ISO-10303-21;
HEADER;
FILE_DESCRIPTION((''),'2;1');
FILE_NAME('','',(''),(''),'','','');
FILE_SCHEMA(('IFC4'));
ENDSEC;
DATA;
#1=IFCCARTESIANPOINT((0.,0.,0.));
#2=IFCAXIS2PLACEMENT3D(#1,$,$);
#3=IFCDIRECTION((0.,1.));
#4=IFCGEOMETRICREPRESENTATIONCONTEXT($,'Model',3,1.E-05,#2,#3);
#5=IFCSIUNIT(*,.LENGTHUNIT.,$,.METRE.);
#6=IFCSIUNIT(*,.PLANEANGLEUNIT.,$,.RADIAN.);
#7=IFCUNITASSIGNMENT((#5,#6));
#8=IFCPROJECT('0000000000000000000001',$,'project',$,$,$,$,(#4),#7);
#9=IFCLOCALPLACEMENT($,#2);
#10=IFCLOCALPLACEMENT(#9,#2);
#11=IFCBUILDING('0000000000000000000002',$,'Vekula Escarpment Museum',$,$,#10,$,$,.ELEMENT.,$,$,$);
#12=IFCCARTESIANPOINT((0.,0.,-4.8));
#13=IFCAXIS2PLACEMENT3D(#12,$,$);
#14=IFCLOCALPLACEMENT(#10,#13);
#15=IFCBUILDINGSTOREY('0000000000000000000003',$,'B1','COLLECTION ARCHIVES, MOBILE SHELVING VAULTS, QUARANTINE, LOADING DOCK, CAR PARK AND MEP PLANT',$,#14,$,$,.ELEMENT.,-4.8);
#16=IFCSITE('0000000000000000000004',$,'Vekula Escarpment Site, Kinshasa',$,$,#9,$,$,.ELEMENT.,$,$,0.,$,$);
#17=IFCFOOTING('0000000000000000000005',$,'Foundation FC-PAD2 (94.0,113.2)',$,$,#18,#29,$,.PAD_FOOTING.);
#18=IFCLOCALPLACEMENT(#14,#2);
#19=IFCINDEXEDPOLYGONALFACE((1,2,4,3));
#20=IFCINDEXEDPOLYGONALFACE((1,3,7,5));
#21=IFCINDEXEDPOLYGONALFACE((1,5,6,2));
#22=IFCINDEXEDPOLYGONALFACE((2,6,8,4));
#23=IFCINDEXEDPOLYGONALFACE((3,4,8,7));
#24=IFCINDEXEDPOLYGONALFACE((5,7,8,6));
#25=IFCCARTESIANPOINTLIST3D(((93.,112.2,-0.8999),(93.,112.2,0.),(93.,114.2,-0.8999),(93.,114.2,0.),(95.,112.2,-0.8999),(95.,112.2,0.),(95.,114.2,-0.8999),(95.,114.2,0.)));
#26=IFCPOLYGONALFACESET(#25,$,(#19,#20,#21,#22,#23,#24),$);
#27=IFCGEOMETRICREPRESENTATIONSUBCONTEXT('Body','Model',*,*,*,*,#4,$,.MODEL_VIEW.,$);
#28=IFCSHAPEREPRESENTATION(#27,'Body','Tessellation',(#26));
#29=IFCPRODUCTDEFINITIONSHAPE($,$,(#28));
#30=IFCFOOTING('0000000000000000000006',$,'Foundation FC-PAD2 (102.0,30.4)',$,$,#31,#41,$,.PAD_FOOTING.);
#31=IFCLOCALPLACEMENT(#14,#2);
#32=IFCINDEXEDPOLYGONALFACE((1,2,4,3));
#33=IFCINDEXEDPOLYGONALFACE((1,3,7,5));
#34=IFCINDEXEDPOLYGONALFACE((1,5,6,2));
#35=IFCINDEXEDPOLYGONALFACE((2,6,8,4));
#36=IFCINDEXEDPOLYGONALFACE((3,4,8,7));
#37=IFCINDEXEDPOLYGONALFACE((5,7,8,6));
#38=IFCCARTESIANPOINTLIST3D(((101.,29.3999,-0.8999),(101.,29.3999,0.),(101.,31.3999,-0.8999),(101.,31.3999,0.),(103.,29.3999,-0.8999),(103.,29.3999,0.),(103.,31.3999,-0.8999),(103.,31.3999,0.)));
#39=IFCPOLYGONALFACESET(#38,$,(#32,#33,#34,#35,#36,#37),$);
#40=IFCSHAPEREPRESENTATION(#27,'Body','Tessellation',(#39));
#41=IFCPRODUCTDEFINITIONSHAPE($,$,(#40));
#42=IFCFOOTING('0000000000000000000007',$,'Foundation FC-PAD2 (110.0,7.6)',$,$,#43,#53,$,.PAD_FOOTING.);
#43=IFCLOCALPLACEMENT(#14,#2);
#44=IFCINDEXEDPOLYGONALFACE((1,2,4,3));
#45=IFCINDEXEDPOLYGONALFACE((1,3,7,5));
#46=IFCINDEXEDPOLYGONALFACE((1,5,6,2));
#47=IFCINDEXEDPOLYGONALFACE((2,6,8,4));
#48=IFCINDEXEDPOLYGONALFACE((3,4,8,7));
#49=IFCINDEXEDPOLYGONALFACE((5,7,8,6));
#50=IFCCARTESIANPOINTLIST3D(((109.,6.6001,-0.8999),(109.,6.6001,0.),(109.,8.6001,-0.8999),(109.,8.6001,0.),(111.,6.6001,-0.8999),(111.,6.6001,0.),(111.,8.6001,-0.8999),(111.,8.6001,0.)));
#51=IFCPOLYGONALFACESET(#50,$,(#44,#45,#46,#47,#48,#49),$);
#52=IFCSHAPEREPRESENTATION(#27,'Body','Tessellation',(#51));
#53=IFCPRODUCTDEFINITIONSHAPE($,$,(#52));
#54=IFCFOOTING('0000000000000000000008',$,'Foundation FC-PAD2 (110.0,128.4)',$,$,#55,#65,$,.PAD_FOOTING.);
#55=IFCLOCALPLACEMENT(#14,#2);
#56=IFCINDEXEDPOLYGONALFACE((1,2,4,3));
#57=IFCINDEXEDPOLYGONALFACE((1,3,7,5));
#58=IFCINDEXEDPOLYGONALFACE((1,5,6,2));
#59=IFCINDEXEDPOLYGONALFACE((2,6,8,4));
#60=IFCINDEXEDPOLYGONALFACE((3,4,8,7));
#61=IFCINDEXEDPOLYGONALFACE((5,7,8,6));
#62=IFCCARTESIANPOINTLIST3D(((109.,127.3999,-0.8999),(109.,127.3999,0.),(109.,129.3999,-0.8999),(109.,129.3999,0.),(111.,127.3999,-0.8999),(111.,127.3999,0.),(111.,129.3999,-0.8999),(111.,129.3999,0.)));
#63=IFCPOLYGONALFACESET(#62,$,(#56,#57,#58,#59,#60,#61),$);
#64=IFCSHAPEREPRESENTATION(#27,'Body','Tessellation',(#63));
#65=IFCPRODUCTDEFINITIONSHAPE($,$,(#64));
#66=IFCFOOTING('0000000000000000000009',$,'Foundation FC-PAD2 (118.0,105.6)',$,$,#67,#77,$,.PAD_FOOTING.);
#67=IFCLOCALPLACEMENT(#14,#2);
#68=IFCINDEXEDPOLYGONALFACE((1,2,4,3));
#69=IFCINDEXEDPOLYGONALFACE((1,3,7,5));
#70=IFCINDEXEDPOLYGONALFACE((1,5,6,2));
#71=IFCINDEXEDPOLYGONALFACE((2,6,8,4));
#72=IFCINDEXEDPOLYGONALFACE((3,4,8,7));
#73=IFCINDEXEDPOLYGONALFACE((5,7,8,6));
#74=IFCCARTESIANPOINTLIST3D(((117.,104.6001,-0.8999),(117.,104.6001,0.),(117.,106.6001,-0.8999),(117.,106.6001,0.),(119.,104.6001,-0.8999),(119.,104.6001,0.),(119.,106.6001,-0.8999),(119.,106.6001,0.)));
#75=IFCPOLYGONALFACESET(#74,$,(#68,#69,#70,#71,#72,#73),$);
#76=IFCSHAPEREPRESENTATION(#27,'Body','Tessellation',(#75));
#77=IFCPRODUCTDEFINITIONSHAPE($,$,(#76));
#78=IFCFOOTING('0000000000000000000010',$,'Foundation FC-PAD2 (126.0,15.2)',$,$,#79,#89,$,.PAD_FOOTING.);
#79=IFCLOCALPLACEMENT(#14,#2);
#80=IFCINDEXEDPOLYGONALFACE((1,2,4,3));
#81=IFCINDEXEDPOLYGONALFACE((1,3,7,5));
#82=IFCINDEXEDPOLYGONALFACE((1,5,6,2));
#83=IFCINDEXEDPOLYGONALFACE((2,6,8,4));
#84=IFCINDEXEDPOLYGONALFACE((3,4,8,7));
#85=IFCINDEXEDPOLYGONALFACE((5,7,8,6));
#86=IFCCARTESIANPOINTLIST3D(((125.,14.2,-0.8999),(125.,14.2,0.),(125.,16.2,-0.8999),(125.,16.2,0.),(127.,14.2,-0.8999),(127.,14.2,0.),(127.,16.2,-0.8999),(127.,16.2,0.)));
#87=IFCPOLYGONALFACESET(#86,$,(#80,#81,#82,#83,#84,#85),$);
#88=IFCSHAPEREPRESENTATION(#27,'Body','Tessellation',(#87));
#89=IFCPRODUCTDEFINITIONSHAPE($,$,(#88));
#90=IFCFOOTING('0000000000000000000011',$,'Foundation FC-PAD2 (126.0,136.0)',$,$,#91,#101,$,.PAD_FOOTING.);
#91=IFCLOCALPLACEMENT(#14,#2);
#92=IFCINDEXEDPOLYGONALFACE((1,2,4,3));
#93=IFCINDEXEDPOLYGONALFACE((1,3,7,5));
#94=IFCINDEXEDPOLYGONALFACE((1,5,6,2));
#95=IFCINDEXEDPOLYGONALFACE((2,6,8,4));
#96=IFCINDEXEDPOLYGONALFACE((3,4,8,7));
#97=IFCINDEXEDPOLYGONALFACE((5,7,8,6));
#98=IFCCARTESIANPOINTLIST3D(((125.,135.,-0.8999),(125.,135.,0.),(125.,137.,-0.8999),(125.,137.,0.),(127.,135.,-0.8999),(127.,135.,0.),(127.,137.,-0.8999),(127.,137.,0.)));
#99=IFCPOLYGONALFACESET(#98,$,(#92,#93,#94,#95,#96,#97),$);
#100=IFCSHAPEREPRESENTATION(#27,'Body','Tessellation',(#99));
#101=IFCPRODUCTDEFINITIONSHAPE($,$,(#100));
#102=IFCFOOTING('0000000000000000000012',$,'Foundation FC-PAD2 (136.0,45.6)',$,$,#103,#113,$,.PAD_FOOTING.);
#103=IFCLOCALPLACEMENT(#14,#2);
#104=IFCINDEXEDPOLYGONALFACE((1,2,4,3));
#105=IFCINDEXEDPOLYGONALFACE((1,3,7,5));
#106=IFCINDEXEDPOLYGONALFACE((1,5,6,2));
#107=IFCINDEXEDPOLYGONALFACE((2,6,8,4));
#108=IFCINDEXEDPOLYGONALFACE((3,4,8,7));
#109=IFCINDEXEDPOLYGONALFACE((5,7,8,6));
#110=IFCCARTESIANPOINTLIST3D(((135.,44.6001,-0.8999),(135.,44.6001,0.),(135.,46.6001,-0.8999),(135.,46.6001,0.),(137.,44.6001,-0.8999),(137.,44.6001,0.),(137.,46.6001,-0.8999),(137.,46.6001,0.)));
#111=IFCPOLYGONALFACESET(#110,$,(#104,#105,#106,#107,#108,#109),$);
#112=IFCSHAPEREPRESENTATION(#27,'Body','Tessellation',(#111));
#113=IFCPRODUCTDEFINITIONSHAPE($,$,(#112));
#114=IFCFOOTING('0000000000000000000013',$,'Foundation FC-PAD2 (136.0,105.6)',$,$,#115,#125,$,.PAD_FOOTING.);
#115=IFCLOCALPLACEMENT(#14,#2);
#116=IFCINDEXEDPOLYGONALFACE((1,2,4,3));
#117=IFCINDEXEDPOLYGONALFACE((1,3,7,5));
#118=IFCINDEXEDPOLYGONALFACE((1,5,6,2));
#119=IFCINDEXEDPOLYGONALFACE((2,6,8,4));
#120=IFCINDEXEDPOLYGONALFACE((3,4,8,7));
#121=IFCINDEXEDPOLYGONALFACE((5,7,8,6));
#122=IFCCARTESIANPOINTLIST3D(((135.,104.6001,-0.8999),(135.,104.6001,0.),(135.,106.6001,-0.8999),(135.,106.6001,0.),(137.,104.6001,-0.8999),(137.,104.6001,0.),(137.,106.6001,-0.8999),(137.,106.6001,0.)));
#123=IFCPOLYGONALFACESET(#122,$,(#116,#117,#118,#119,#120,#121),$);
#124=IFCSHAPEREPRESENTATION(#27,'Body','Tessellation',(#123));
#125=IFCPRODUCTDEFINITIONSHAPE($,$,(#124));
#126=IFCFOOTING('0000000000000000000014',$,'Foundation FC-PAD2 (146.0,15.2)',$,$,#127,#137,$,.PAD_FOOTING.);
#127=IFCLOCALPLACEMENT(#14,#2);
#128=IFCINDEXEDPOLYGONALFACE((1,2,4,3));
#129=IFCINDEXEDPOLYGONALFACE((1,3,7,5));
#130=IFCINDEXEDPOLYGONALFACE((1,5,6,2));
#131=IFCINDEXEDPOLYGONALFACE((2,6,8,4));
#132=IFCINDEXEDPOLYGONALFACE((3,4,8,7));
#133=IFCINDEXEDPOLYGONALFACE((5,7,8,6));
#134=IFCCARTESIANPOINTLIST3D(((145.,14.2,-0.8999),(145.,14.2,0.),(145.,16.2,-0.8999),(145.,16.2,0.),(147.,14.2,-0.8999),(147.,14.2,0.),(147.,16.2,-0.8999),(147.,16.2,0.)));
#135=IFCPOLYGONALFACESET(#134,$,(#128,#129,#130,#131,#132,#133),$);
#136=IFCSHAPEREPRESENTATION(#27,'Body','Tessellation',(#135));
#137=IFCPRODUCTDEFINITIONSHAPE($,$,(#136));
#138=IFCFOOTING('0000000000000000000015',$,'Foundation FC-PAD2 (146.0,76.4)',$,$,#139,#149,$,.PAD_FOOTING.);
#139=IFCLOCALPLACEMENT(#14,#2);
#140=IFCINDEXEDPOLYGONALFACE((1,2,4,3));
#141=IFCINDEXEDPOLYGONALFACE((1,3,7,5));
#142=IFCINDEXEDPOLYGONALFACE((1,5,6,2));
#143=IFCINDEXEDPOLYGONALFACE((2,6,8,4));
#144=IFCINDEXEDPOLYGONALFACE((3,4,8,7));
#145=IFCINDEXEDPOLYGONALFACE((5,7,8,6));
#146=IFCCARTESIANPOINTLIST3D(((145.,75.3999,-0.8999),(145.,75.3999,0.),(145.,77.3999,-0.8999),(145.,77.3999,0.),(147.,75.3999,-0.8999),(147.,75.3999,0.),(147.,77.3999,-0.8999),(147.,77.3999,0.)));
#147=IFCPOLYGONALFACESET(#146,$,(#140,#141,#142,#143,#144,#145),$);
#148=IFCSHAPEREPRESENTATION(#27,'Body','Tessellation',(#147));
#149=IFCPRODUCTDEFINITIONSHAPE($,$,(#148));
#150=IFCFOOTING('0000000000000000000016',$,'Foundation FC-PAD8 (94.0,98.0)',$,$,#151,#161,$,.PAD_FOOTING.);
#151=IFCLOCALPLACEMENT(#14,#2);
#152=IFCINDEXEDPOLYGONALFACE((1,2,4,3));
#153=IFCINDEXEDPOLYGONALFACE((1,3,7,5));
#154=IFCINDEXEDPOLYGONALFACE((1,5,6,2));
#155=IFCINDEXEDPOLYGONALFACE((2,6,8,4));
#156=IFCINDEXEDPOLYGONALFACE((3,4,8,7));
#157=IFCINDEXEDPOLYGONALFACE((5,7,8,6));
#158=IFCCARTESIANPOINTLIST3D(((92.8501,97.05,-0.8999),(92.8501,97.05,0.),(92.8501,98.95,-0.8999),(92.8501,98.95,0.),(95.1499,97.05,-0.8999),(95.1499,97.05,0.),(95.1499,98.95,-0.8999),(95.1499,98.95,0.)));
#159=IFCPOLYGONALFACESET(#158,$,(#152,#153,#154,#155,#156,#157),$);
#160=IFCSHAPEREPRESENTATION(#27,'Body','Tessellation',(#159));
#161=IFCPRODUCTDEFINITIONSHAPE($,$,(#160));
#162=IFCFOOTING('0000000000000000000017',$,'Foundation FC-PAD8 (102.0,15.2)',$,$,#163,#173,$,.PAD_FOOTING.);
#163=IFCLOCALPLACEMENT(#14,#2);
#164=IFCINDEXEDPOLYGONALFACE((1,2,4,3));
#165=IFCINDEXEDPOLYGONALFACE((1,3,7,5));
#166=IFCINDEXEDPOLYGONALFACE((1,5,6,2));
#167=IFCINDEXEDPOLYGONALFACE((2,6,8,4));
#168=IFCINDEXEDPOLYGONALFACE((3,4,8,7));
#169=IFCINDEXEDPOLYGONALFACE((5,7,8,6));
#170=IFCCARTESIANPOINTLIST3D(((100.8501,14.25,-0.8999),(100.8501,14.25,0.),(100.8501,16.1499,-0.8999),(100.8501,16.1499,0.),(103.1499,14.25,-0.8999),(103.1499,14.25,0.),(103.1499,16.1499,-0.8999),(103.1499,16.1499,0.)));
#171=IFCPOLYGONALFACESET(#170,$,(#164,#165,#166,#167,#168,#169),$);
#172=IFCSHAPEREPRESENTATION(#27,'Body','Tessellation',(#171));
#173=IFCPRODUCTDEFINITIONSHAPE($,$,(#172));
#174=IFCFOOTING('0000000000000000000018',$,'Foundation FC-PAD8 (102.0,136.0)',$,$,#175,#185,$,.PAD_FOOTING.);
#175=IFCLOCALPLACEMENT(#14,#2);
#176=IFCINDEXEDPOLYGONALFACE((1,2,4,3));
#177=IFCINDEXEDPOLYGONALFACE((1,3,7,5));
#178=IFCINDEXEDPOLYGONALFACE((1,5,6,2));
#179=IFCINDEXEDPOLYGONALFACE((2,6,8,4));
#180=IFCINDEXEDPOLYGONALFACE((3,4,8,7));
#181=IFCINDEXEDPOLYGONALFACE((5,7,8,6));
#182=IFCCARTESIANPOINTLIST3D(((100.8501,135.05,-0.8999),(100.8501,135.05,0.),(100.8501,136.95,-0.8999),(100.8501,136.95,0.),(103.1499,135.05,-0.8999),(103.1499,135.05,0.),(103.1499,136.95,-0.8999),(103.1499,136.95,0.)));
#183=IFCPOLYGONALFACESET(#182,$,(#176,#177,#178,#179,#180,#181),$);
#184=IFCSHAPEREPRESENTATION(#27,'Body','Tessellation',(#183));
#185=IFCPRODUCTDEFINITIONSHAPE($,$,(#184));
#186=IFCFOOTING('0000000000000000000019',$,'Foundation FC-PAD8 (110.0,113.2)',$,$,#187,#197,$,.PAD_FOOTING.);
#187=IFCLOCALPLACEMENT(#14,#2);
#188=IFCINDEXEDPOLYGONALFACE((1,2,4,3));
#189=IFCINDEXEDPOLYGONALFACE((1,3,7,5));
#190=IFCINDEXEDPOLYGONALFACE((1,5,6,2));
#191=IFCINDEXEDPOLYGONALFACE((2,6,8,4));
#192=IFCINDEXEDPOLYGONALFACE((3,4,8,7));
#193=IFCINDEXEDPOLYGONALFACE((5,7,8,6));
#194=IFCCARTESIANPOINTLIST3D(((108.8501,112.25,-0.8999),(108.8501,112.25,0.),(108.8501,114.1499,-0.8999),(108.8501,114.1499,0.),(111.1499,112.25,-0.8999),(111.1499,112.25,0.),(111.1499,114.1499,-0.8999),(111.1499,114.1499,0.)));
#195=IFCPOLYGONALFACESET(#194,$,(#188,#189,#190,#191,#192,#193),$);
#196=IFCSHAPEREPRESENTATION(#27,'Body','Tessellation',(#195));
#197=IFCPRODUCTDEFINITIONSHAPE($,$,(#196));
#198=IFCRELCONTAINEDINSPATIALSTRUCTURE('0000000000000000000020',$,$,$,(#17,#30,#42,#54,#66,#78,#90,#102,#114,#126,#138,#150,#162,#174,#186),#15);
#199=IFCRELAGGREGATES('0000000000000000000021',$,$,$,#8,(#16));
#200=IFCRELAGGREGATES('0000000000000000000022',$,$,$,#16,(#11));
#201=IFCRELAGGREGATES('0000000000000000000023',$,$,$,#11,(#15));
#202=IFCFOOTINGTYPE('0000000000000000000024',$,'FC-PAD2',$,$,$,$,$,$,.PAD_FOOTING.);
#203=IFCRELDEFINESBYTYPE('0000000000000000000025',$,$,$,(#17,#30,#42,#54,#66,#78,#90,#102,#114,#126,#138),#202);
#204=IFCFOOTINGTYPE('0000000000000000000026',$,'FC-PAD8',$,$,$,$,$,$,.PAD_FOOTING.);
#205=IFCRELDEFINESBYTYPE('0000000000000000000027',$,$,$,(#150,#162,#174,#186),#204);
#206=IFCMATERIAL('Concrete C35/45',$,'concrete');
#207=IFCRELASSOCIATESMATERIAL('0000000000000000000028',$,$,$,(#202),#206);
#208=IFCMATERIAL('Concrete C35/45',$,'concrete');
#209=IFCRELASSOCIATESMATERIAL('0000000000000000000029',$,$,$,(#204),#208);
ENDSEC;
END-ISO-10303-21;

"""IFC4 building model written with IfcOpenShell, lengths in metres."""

from ifc_helpers import new_model, si_unit, direction, frame, origin, place, context, subcontext, project, spatial, polyline, outline, extrude, material, type_object, element, save


model = new_model("IFC4")

# Units and contexts
model_context = context("Model", 3, precision=1e-05, world=origin(), true_north=direction((0.0, 1.0)))
body_context = subcontext(model_context, "Body", "Model", "MODEL_VIEW")
ifc_project = project(units=[si_unit("LENGTHUNIT", "METRE"), si_unit("PLANEANGLEUNIT", "RADIAN")], contexts=[model_context])

# Site, building, storey
site_placement = place(None, origin())
site = spatial("IfcSite", under=ifc_project, at=site_placement, Name="Vekula Escarpment Site, Kinshasa", CompositionType="ELEMENT", RefElevation=0.0)
building_placement = place(site_placement, origin())
building = spatial("IfcBuilding", under=site, at=building_placement, Name="Vekula Escarpment Museum", CompositionType="ELEMENT")
storey_placement = place(building_placement, frame((0.0, 0.0, -4.8)))
storey = spatial("IfcBuildingStorey", under=building, at=storey_placement, Name="B1", Description="COLLECTION ARCHIVES, MOBILE SHELVING VAULTS, QUARANTINE, LOADING DOCK, CAR PARK AND MEP PLANT", CompositionType="ELEMENT", Elevation=-4.8)

# Footings
ifc_material_1 = material(Name="Concrete C35/45", Category="concrete")
footing_type_1 = type_object("IfcFootingType", Name="FC-PAD2", PredefinedType="PAD_FOOTING", material=ifc_material_1)
footing_1_placement = place(storey_placement, frame((0.0, 0.0, -0.8999)))
element("IfcFooting", 1, at=footing_1_placement, inside=storey, type_object=footing_type_1, Name="Foundation FC-PAD2 (94.0,113.2)", PredefinedType="PAD_FOOTING", context=body_context, shape_type="SweptSolid", body=[
    extrude(outline(polyline([(93.0, 112.2), (95.0, 112.2), (95.0, 114.2), (93.0, 114.2), (93.0, 112.2)])), origin(), (0.0, 0.0, 1.0), 0.8999),
])
footing_2_placement = place(storey_placement, frame((0.0, 0.0, -0.8999)))
element("IfcFooting", 2, at=footing_2_placement, inside=storey, type_object=footing_type_1, Name="Foundation FC-PAD2 (102.0,30.4)", PredefinedType="PAD_FOOTING", context=body_context, shape_type="SweptSolid", body=[
    extrude(outline(polyline([(101.0, 29.3999), (103.0, 29.3999), (103.0, 31.3999), (101.0, 31.3999), (101.0, 29.3999)])), origin(), (0.0, 0.0, 1.0), 0.8999),
])
footing_3_placement = place(storey_placement, frame((0.0, 0.0, -0.8999)))
element("IfcFooting", 3, at=footing_3_placement, inside=storey, type_object=footing_type_1, Name="Foundation FC-PAD2 (110.0,7.6)", PredefinedType="PAD_FOOTING", context=body_context, shape_type="SweptSolid", body=[
    extrude(outline(polyline([(109.0, 6.6001), (111.0, 6.6001), (111.0, 8.6001), (109.0, 8.6001), (109.0, 6.6001)])), origin(), (0.0, 0.0, 1.0), 0.8999),
])
footing_4_placement = place(storey_placement, frame((0.0, 0.0, -0.8999)))
element("IfcFooting", 4, at=footing_4_placement, inside=storey, type_object=footing_type_1, Name="Foundation FC-PAD2 (110.0,128.4)", PredefinedType="PAD_FOOTING", context=body_context, shape_type="SweptSolid", body=[
    extrude(outline(polyline([(109.0, 127.3999), (111.0, 127.3999), (111.0, 129.3999), (109.0, 129.3999), (109.0, 127.3999)])), origin(), (0.0, 0.0, 1.0), 0.8999),
])
footing_5_placement = place(storey_placement, frame((0.0, 0.0, -0.8999)))
element("IfcFooting", 5, at=footing_5_placement, inside=storey, type_object=footing_type_1, Name="Foundation FC-PAD2 (118.0,105.6)", PredefinedType="PAD_FOOTING", context=body_context, shape_type="SweptSolid", body=[
    extrude(outline(polyline([(117.0, 104.6001), (119.0, 104.6001), (119.0, 106.6001), (117.0, 106.6001), (117.0, 104.6001)])), origin(), (0.0, 0.0, 1.0), 0.8999),
])
footing_6_placement = place(storey_placement, frame((0.0, 0.0, -0.8999)))
element("IfcFooting", 6, at=footing_6_placement, inside=storey, type_object=footing_type_1, Name="Foundation FC-PAD2 (126.0,15.2)", PredefinedType="PAD_FOOTING", context=body_context, shape_type="SweptSolid", body=[
    extrude(outline(polyline([(125.0, 14.2), (127.0, 14.2), (127.0, 16.2), (125.0, 16.2), (125.0, 14.2)])), origin(), (0.0, 0.0, 1.0), 0.8999),
])
footing_7_placement = place(storey_placement, frame((0.0, 0.0, -0.8999)))
element("IfcFooting", 7, at=footing_7_placement, inside=storey, type_object=footing_type_1, Name="Foundation FC-PAD2 (126.0,136.0)", PredefinedType="PAD_FOOTING", context=body_context, shape_type="SweptSolid", body=[
    extrude(outline(polyline([(125.0, 135.0), (127.0, 135.0), (127.0, 137.0), (125.0, 137.0), (125.0, 135.0)])), origin(), (0.0, 0.0, 1.0), 0.8999),
])
footing_8_placement = place(storey_placement, frame((0.0, 0.0, -0.8999)))
element("IfcFooting", 8, at=footing_8_placement, inside=storey, type_object=footing_type_1, Name="Foundation FC-PAD2 (136.0,45.6)", PredefinedType="PAD_FOOTING", context=body_context, shape_type="SweptSolid", body=[
    extrude(outline(polyline([(135.0, 44.6001), (137.0, 44.6001), (137.0, 46.6001), (135.0, 46.6001), (135.0, 44.6001)])), origin(), (0.0, 0.0, 1.0), 0.8999),
])
footing_9_placement = place(storey_placement, frame((0.0, 0.0, -0.8999)))
element("IfcFooting", 9, at=footing_9_placement, inside=storey, type_object=footing_type_1, Name="Foundation FC-PAD2 (136.0,105.6)", PredefinedType="PAD_FOOTING", context=body_context, shape_type="SweptSolid", body=[
    extrude(outline(polyline([(135.0, 104.6001), (137.0, 104.6001), (137.0, 106.6001), (135.0, 106.6001), (135.0, 104.6001)])), origin(), (0.0, 0.0, 1.0), 0.8999),
])
footing_10_placement = place(storey_placement, frame((0.0, 0.0, -0.8999)))
element("IfcFooting", 10, at=footing_10_placement, inside=storey, type_object=footing_type_1, Name="Foundation FC-PAD2 (146.0,15.2)", PredefinedType="PAD_FOOTING", context=body_context, shape_type="SweptSolid", body=[
    extrude(outline(polyline([(145.0, 14.2), (147.0, 14.2), (147.0, 16.2), (145.0, 16.2), (145.0, 14.2)])), origin(), (0.0, 0.0, 1.0), 0.8999),
])
footing_11_placement = place(storey_placement, frame((0.0, 0.0, -0.8999)))
element("IfcFooting", 11, at=footing_11_placement, inside=storey, type_object=footing_type_1, Name="Foundation FC-PAD2 (146.0,76.4)", PredefinedType="PAD_FOOTING", context=body_context, shape_type="SweptSolid", body=[
    extrude(outline(polyline([(145.0, 75.3999), (147.0, 75.3999), (147.0, 77.3999), (145.0, 77.3999), (145.0, 75.3999)])), origin(), (0.0, 0.0, 1.0), 0.8999),
])
ifc_material_2 = material(Name="Concrete C35/45", Category="concrete")
footing_type_2 = type_object("IfcFootingType", Name="FC-PAD8", PredefinedType="PAD_FOOTING", material=ifc_material_2)
footing_12_placement = place(storey_placement, frame((0.0, 0.0, -0.8999)))
element("IfcFooting", 12, at=footing_12_placement, inside=storey, type_object=footing_type_2, Name="Foundation FC-PAD8 (94.0,98.0)", PredefinedType="PAD_FOOTING", context=body_context, shape_type="SweptSolid", body=[
    extrude(outline(polyline([(92.8501, 97.05), (95.1499, 97.05), (95.1499, 98.95), (92.8501, 98.95), (92.8501, 97.05)])), origin(), (0.0, 0.0, 1.0), 0.8999),
])
footing_13_placement = place(storey_placement, frame((0.0, 0.0, -0.8999)))
element("IfcFooting", 13, at=footing_13_placement, inside=storey, type_object=footing_type_2, Name="Foundation FC-PAD8 (102.0,15.2)", PredefinedType="PAD_FOOTING", context=body_context, shape_type="SweptSolid", body=[
    extrude(outline(polyline([(100.8501, 14.25), (103.1499, 14.25), (103.1499, 16.1499), (100.8501, 16.1499), (100.8501, 14.25)])), origin(), (0.0, 0.0, 1.0), 0.8999),
])
footing_14_placement = place(storey_placement, frame((0.0, 0.0, -0.8999)))
element("IfcFooting", 14, at=footing_14_placement, inside=storey, type_object=footing_type_2, Name="Foundation FC-PAD8 (102.0,136.0)", PredefinedType="PAD_FOOTING", context=body_context, shape_type="SweptSolid", body=[
    extrude(outline(polyline([(100.8501, 135.05), (103.1499, 135.05), (103.1499, 136.95), (100.8501, 136.95), (100.8501, 135.05)])), origin(), (0.0, 0.0, 1.0), 0.8999),
])
footing_15_placement = place(storey_placement, frame((0.0, 0.0, -0.8999)))
element("IfcFooting", 15, at=footing_15_placement, inside=storey, type_object=footing_type_2, Name="Foundation FC-PAD8 (110.0,113.2)", PredefinedType="PAD_FOOTING", context=body_context, shape_type="SweptSolid", body=[
    extrude(outline(polyline([(108.8501, 112.25), (111.1499, 112.25), (111.1499, 114.1499), (108.8501, 114.1499), (108.8501, 112.25)])), origin(), (0.0, 0.0, 1.0), 0.8999),
])

save(model, "model.ifc")
